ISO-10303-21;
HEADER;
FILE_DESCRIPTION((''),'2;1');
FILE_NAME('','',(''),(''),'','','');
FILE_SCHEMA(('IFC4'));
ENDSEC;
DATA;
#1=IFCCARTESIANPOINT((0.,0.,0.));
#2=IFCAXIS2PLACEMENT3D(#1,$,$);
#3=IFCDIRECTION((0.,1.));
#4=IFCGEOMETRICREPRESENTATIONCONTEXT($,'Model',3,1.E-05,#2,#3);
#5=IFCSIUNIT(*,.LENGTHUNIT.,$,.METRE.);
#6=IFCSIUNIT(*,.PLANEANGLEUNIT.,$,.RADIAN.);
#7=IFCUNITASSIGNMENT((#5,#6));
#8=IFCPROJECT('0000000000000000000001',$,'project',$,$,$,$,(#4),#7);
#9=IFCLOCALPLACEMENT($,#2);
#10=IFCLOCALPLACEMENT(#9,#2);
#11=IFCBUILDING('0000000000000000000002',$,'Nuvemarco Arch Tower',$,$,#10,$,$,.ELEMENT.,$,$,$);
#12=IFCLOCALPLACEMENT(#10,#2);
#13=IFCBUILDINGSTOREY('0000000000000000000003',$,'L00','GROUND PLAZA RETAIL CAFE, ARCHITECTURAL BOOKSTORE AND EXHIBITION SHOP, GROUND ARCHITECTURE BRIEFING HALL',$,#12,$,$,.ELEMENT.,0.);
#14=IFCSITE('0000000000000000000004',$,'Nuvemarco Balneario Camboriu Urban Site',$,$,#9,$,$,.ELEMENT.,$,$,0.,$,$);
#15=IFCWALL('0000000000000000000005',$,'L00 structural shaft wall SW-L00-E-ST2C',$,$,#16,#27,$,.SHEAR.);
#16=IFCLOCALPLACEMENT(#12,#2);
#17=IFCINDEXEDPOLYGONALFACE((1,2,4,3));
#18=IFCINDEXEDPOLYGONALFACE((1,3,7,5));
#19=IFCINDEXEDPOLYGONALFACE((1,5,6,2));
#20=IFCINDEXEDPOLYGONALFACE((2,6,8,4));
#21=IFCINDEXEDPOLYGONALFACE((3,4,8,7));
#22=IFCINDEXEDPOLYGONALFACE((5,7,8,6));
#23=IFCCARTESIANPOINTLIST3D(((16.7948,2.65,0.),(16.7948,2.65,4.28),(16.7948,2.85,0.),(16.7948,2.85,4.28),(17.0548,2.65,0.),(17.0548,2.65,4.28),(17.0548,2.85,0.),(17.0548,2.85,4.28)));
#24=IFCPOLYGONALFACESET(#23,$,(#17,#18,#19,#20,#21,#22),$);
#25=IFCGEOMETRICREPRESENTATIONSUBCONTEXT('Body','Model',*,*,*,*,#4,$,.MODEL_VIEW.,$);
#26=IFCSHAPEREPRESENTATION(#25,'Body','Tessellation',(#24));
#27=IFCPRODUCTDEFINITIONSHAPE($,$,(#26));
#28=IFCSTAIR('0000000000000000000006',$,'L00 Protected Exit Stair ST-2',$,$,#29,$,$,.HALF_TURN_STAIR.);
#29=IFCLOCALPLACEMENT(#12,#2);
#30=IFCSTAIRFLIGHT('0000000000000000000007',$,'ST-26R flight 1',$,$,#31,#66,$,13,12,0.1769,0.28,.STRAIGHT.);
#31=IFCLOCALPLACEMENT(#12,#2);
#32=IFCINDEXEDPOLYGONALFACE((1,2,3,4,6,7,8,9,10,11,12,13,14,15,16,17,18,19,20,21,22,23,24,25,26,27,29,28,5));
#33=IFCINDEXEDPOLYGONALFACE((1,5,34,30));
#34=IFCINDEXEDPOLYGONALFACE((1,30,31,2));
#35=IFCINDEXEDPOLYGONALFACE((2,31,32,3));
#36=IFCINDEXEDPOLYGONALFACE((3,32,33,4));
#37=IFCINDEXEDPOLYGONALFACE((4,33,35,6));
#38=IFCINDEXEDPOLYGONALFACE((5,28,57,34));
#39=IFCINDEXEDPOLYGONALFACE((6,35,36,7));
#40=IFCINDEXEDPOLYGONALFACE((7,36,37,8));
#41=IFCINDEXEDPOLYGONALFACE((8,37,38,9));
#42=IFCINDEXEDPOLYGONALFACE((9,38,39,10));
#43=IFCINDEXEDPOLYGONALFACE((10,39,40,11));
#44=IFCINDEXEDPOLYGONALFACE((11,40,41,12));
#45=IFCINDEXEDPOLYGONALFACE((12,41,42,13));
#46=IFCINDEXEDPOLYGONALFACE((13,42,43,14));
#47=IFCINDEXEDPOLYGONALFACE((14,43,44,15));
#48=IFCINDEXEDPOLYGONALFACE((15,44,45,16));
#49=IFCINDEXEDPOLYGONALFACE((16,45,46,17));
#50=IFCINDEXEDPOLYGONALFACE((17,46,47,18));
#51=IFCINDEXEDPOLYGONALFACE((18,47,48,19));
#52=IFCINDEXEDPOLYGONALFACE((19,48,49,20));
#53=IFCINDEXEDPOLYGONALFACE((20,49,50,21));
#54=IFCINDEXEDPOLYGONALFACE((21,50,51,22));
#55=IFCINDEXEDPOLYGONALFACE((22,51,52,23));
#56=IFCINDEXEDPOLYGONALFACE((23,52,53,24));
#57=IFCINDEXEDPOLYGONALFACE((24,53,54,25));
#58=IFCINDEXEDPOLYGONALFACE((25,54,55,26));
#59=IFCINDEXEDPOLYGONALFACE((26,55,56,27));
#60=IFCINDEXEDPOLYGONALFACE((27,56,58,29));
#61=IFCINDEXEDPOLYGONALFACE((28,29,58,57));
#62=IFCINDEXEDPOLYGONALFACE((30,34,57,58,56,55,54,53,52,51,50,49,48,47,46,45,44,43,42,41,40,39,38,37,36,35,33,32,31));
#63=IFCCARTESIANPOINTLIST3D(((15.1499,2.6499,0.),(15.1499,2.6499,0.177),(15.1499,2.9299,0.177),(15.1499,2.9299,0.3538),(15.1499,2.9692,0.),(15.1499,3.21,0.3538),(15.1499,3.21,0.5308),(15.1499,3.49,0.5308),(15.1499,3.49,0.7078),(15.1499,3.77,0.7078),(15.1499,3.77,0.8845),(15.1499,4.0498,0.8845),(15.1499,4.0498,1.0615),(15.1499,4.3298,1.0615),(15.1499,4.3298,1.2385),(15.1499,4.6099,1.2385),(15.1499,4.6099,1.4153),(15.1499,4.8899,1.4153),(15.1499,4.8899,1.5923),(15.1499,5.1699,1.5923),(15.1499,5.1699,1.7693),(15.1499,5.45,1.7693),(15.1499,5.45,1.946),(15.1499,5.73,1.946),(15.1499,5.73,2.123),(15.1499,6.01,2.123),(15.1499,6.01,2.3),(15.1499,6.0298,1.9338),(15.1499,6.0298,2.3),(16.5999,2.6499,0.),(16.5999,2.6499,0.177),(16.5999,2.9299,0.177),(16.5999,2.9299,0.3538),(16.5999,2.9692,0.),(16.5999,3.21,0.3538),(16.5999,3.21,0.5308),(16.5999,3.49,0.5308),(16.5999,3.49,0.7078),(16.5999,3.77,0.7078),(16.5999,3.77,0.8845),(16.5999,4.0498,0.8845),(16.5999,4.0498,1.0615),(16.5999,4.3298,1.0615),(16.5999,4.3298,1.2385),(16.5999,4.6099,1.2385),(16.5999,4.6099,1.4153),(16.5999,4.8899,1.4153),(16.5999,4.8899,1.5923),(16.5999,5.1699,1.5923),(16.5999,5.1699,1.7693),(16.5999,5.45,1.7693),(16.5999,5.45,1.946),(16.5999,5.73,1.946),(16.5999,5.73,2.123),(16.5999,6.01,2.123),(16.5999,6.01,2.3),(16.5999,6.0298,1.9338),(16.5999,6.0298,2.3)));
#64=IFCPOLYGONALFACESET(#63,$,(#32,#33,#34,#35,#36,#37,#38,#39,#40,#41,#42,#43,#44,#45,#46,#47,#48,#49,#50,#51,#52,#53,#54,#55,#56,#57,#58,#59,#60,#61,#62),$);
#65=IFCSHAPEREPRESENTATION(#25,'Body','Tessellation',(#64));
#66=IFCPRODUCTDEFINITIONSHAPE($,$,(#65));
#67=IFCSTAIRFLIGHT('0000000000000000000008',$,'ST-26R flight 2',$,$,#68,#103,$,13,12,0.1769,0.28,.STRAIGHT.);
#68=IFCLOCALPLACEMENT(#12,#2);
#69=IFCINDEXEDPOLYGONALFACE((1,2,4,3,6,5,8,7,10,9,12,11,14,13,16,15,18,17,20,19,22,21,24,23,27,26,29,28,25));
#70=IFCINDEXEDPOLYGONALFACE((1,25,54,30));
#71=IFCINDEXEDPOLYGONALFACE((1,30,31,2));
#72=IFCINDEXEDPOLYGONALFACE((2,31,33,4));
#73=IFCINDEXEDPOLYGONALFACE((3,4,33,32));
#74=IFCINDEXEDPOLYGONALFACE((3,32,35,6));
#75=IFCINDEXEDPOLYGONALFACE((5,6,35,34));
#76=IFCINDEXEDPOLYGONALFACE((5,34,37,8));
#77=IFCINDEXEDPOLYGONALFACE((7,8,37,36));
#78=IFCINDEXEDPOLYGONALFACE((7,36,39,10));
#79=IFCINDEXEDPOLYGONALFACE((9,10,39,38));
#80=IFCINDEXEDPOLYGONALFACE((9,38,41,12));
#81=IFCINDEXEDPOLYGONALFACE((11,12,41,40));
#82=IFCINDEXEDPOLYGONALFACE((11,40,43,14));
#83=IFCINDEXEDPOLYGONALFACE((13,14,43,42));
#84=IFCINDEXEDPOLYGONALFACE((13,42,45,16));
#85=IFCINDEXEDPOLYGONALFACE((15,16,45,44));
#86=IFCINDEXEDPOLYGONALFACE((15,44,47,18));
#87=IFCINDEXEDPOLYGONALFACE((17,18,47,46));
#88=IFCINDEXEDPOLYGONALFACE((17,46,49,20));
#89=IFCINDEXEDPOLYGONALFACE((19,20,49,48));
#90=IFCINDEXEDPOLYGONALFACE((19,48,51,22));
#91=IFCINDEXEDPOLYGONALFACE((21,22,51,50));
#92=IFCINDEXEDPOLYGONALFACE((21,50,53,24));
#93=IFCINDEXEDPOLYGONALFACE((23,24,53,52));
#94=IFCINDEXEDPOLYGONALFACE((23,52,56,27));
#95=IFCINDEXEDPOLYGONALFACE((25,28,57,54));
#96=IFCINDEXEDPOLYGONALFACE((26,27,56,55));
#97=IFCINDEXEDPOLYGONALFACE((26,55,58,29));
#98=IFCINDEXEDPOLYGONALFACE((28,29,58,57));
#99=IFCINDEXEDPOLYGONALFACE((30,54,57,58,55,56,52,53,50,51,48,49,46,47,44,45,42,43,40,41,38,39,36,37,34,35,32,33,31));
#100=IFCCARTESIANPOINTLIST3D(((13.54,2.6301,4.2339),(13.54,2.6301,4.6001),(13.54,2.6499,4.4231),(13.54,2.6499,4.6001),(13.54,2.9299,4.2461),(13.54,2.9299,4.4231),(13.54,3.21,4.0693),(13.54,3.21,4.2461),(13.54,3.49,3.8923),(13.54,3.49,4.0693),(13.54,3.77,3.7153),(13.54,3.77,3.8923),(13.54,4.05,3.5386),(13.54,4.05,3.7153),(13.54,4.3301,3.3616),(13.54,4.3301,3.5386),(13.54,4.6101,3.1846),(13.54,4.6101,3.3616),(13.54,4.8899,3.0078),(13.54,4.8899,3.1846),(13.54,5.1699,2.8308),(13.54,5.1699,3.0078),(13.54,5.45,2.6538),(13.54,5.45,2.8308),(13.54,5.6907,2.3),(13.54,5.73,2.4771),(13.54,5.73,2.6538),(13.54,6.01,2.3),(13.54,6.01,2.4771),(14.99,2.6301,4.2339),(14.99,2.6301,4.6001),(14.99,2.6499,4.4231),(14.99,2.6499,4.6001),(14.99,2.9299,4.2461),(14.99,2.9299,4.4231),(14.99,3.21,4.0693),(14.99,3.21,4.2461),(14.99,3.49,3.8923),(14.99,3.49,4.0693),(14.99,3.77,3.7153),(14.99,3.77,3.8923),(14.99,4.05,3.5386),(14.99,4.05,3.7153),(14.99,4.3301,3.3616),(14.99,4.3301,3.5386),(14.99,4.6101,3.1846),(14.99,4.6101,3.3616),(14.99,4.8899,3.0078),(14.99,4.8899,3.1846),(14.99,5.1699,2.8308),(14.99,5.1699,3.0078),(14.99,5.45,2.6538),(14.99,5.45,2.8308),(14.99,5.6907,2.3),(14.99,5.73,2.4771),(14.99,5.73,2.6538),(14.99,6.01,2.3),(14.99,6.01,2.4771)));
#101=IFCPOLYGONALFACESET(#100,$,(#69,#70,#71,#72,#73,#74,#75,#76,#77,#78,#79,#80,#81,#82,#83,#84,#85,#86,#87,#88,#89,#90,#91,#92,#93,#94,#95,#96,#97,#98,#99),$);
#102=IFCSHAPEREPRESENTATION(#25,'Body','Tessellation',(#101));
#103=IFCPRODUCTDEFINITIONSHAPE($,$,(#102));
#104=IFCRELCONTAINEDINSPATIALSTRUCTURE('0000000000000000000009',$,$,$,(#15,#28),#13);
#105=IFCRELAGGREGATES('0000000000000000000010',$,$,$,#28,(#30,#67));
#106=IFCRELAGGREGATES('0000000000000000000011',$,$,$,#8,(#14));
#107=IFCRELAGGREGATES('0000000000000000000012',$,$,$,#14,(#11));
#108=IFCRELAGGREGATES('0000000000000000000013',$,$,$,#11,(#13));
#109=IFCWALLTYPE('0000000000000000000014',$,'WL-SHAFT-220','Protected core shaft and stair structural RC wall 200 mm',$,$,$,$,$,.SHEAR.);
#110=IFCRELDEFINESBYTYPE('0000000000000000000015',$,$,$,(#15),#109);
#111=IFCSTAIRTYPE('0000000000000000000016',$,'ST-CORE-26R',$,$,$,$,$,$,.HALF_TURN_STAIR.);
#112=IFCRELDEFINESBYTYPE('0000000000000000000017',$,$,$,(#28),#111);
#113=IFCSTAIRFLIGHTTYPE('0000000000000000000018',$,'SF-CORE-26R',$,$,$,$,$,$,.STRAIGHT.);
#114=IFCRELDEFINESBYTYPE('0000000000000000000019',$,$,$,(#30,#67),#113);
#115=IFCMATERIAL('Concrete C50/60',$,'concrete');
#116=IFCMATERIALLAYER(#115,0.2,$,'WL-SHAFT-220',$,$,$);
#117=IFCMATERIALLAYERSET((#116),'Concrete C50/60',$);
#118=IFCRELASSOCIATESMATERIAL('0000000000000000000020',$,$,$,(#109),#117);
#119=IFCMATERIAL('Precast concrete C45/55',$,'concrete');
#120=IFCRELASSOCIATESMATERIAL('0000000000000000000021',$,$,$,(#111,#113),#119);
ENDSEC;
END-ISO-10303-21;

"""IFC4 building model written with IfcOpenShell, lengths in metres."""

from ifc_helpers import new_model, si_unit, direction, frame, frame_2d, origin, place, context, subcontext, project, spatial, polyline, rectangle, outline, extrude, material, layer, layer_set, type_object, element, aggregate, save


model = new_model("IFC4")

# Units and contexts
model_context = context("Model", 3, precision=1e-05, world=origin(), true_north=direction((0.0, 1.0)))
body_context = subcontext(model_context, "Body", "Model", "MODEL_VIEW")
ifc_project = project(units=[si_unit("LENGTHUNIT", "METRE"), si_unit("PLANEANGLEUNIT", "RADIAN")], contexts=[model_context])

# Site, building, storey
site_placement = place(None, origin())
site = spatial("IfcSite", under=ifc_project, at=site_placement, Name="Nuvemarco Balneario Camboriu Urban Site", CompositionType="ELEMENT", RefElevation=0.0)
building_placement = place(site_placement, origin())
building = spatial("IfcBuilding", under=site, at=building_placement, Name="Nuvemarco Arch Tower", CompositionType="ELEMENT")
storey_placement = place(building_placement, origin())
storey = spatial("IfcBuildingStorey", under=building, at=storey_placement, Name="L00", Description="GROUND PLAZA RETAIL CAFE, ARCHITECTURAL BOOKSTORE AND EXHIBITION SHOP, GROUND ARCHITECTURE BRIEFING HALL", CompositionType="ELEMENT", Elevation=0.0)

# Shared definitions
ifc_material_1 = material(Name="Concrete C50/60", Category="concrete")

# Wall
ifc_layer_1 = layer(ifc_material_1, 0.2, Name="WL-SHAFT-220")
ifc_layer_set_1 = layer_set([ifc_layer_1], Name="Concrete C50/60")
wall_type_1 = type_object("IfcWallType", Name="WL-SHAFT-220", Description="Protected core shaft and stair structural RC wall 200 mm", PredefinedType="SHEAR", material=ifc_layer_set_1)
wall_1_placement = place(storey_placement, frame((16.7949, 2.75, 0.0), z_axis=(0.0, 0.0, 1.0), x_axis=(1.0, 0.0, 0.0)))
element("IfcWall", 1, at=wall_1_placement, inside=storey, type_object=wall_type_1, Name="L00 structural shaft wall SW-L00-E-ST2C", PredefinedType="SHEAR", context=body_context, shape_type="SweptSolid", body=[
    extrude(rectangle(XDim=0.26, YDim=0.2, at=frame_2d((0.1299, 0.0))), origin(), (0.0, 0.0, 1.0), 4.28),
])

# Stair, stair flights
ifc_material_2 = material(Name="Precast concrete C45/55", Category="concrete")
stair_type = type_object("IfcStairType", Name="ST-CORE-26R", PredefinedType="HALF_TURN_STAIR", material=ifc_material_2)
stair_placement = place(storey_placement, origin())
stair = element("IfcStair", 2, at=stair_placement, inside=storey, type_object=stair_type, Name="L00 Protected Exit Stair ST-2", PredefinedType="HALF_TURN_STAIR")
stair_flight_type = type_object("IfcStairFlightType", Name="SF-CORE-26R", PredefinedType="STRAIGHT", material=ifc_material_2)
stair_flight_1_placement = place(storey_placement, frame((15.875, 2.6499, 0.0), z_axis=(0.0, 0.0, 1.0), x_axis=(0.0, 1.0, 0.0)))
stair_flight_1 = element("IfcStairFlight", 3, at=stair_flight_1_placement, type_object=stair_flight_type, Name="ST-26R flight 1", NumberOfRisers=13, NumberOfTreads=12, PredefinedType="STRAIGHT", RiserHeight=0.1769, TreadLength=0.28, context=body_context, shape_type="SweptSolid", body=[
    extrude(outline(polyline([(0.0, 0.0), (0.0, 0.177), (0.28, 0.177), (0.28, 0.3538), (0.5601, 0.3538), (0.5601, 0.5308), (0.8401, 0.5308), (0.8401, 0.7078), (1.1201, 0.7078), (1.1201, 0.8845), (1.3999, 0.8845), (1.3999, 1.0615), (1.6799, 1.0615), (1.6799, 1.2385), (1.96, 1.2385), (1.96, 1.4153), (2.24, 1.4153), (2.24, 1.5923), (2.52, 1.5923), (2.52, 1.7693), (2.8, 1.7693), (2.8, 1.946), (3.0801, 1.946), (3.0801, 2.123), (3.3601, 2.123), (3.3601, 2.3), (3.3799, 2.3), (3.3799, 1.9338), (0.3193, 0.0), (0.0, 0.0)])), frame((0.0, 0.7251, 0.0), z_axis=(0.0, -1.0, 0.0), x_axis=(1.0, 0.0, 0.0)), (0.0, 0.0, 1.0), 1.45),
])
stair_flight_2_placement = place(storey_placement, frame((14.2649, 6.01, 2.3), z_axis=(0.0, 0.0, 1.0), x_axis=(0.0, -1.0, 0.0)))
stair_flight_2 = element("IfcStairFlight", 4, at=stair_flight_2_placement, type_object=stair_flight_type, Name="ST-26R flight 2", NumberOfRisers=13, NumberOfTreads=12, PredefinedType="STRAIGHT", RiserHeight=0.1769, TreadLength=0.28, context=body_context, shape_type="SweptSolid", body=[
    extrude(outline(polyline([(0.0, 0.0), (0.0, 0.177), (0.28, 0.177), (0.28, 0.3538), (0.5601, 0.3538), (0.5601, 0.5308), (0.8401, 0.5308), (0.8401, 0.7078), (1.1201, 0.7078), (1.1201, 0.8845), (1.3999, 0.8845), (1.3999, 1.0615), (1.6799, 1.0615), (1.6799, 1.2385), (1.96, 1.2385), (1.96, 1.4153), (2.24, 1.4153), (2.24, 1.5923), (2.52, 1.5923), (2.52, 1.7693), (2.8, 1.7693), (2.8, 1.946), (3.0801, 1.946), (3.0801, 2.123), (3.3601, 2.123), (3.3601, 2.3), (3.3799, 2.3), (3.3799, 1.9338), (0.3193, 0.0), (0.0, 0.0)])), frame((0.0, 0.7251, 0.0), z_axis=(0.0, -1.0, 0.0), x_axis=(1.0, 0.0, 0.0)), (0.0, 0.0, 1.0), 1.45),
])
aggregate(stair, [stair_flight_1, stair_flight_2])

save(model, "model.ifc")
